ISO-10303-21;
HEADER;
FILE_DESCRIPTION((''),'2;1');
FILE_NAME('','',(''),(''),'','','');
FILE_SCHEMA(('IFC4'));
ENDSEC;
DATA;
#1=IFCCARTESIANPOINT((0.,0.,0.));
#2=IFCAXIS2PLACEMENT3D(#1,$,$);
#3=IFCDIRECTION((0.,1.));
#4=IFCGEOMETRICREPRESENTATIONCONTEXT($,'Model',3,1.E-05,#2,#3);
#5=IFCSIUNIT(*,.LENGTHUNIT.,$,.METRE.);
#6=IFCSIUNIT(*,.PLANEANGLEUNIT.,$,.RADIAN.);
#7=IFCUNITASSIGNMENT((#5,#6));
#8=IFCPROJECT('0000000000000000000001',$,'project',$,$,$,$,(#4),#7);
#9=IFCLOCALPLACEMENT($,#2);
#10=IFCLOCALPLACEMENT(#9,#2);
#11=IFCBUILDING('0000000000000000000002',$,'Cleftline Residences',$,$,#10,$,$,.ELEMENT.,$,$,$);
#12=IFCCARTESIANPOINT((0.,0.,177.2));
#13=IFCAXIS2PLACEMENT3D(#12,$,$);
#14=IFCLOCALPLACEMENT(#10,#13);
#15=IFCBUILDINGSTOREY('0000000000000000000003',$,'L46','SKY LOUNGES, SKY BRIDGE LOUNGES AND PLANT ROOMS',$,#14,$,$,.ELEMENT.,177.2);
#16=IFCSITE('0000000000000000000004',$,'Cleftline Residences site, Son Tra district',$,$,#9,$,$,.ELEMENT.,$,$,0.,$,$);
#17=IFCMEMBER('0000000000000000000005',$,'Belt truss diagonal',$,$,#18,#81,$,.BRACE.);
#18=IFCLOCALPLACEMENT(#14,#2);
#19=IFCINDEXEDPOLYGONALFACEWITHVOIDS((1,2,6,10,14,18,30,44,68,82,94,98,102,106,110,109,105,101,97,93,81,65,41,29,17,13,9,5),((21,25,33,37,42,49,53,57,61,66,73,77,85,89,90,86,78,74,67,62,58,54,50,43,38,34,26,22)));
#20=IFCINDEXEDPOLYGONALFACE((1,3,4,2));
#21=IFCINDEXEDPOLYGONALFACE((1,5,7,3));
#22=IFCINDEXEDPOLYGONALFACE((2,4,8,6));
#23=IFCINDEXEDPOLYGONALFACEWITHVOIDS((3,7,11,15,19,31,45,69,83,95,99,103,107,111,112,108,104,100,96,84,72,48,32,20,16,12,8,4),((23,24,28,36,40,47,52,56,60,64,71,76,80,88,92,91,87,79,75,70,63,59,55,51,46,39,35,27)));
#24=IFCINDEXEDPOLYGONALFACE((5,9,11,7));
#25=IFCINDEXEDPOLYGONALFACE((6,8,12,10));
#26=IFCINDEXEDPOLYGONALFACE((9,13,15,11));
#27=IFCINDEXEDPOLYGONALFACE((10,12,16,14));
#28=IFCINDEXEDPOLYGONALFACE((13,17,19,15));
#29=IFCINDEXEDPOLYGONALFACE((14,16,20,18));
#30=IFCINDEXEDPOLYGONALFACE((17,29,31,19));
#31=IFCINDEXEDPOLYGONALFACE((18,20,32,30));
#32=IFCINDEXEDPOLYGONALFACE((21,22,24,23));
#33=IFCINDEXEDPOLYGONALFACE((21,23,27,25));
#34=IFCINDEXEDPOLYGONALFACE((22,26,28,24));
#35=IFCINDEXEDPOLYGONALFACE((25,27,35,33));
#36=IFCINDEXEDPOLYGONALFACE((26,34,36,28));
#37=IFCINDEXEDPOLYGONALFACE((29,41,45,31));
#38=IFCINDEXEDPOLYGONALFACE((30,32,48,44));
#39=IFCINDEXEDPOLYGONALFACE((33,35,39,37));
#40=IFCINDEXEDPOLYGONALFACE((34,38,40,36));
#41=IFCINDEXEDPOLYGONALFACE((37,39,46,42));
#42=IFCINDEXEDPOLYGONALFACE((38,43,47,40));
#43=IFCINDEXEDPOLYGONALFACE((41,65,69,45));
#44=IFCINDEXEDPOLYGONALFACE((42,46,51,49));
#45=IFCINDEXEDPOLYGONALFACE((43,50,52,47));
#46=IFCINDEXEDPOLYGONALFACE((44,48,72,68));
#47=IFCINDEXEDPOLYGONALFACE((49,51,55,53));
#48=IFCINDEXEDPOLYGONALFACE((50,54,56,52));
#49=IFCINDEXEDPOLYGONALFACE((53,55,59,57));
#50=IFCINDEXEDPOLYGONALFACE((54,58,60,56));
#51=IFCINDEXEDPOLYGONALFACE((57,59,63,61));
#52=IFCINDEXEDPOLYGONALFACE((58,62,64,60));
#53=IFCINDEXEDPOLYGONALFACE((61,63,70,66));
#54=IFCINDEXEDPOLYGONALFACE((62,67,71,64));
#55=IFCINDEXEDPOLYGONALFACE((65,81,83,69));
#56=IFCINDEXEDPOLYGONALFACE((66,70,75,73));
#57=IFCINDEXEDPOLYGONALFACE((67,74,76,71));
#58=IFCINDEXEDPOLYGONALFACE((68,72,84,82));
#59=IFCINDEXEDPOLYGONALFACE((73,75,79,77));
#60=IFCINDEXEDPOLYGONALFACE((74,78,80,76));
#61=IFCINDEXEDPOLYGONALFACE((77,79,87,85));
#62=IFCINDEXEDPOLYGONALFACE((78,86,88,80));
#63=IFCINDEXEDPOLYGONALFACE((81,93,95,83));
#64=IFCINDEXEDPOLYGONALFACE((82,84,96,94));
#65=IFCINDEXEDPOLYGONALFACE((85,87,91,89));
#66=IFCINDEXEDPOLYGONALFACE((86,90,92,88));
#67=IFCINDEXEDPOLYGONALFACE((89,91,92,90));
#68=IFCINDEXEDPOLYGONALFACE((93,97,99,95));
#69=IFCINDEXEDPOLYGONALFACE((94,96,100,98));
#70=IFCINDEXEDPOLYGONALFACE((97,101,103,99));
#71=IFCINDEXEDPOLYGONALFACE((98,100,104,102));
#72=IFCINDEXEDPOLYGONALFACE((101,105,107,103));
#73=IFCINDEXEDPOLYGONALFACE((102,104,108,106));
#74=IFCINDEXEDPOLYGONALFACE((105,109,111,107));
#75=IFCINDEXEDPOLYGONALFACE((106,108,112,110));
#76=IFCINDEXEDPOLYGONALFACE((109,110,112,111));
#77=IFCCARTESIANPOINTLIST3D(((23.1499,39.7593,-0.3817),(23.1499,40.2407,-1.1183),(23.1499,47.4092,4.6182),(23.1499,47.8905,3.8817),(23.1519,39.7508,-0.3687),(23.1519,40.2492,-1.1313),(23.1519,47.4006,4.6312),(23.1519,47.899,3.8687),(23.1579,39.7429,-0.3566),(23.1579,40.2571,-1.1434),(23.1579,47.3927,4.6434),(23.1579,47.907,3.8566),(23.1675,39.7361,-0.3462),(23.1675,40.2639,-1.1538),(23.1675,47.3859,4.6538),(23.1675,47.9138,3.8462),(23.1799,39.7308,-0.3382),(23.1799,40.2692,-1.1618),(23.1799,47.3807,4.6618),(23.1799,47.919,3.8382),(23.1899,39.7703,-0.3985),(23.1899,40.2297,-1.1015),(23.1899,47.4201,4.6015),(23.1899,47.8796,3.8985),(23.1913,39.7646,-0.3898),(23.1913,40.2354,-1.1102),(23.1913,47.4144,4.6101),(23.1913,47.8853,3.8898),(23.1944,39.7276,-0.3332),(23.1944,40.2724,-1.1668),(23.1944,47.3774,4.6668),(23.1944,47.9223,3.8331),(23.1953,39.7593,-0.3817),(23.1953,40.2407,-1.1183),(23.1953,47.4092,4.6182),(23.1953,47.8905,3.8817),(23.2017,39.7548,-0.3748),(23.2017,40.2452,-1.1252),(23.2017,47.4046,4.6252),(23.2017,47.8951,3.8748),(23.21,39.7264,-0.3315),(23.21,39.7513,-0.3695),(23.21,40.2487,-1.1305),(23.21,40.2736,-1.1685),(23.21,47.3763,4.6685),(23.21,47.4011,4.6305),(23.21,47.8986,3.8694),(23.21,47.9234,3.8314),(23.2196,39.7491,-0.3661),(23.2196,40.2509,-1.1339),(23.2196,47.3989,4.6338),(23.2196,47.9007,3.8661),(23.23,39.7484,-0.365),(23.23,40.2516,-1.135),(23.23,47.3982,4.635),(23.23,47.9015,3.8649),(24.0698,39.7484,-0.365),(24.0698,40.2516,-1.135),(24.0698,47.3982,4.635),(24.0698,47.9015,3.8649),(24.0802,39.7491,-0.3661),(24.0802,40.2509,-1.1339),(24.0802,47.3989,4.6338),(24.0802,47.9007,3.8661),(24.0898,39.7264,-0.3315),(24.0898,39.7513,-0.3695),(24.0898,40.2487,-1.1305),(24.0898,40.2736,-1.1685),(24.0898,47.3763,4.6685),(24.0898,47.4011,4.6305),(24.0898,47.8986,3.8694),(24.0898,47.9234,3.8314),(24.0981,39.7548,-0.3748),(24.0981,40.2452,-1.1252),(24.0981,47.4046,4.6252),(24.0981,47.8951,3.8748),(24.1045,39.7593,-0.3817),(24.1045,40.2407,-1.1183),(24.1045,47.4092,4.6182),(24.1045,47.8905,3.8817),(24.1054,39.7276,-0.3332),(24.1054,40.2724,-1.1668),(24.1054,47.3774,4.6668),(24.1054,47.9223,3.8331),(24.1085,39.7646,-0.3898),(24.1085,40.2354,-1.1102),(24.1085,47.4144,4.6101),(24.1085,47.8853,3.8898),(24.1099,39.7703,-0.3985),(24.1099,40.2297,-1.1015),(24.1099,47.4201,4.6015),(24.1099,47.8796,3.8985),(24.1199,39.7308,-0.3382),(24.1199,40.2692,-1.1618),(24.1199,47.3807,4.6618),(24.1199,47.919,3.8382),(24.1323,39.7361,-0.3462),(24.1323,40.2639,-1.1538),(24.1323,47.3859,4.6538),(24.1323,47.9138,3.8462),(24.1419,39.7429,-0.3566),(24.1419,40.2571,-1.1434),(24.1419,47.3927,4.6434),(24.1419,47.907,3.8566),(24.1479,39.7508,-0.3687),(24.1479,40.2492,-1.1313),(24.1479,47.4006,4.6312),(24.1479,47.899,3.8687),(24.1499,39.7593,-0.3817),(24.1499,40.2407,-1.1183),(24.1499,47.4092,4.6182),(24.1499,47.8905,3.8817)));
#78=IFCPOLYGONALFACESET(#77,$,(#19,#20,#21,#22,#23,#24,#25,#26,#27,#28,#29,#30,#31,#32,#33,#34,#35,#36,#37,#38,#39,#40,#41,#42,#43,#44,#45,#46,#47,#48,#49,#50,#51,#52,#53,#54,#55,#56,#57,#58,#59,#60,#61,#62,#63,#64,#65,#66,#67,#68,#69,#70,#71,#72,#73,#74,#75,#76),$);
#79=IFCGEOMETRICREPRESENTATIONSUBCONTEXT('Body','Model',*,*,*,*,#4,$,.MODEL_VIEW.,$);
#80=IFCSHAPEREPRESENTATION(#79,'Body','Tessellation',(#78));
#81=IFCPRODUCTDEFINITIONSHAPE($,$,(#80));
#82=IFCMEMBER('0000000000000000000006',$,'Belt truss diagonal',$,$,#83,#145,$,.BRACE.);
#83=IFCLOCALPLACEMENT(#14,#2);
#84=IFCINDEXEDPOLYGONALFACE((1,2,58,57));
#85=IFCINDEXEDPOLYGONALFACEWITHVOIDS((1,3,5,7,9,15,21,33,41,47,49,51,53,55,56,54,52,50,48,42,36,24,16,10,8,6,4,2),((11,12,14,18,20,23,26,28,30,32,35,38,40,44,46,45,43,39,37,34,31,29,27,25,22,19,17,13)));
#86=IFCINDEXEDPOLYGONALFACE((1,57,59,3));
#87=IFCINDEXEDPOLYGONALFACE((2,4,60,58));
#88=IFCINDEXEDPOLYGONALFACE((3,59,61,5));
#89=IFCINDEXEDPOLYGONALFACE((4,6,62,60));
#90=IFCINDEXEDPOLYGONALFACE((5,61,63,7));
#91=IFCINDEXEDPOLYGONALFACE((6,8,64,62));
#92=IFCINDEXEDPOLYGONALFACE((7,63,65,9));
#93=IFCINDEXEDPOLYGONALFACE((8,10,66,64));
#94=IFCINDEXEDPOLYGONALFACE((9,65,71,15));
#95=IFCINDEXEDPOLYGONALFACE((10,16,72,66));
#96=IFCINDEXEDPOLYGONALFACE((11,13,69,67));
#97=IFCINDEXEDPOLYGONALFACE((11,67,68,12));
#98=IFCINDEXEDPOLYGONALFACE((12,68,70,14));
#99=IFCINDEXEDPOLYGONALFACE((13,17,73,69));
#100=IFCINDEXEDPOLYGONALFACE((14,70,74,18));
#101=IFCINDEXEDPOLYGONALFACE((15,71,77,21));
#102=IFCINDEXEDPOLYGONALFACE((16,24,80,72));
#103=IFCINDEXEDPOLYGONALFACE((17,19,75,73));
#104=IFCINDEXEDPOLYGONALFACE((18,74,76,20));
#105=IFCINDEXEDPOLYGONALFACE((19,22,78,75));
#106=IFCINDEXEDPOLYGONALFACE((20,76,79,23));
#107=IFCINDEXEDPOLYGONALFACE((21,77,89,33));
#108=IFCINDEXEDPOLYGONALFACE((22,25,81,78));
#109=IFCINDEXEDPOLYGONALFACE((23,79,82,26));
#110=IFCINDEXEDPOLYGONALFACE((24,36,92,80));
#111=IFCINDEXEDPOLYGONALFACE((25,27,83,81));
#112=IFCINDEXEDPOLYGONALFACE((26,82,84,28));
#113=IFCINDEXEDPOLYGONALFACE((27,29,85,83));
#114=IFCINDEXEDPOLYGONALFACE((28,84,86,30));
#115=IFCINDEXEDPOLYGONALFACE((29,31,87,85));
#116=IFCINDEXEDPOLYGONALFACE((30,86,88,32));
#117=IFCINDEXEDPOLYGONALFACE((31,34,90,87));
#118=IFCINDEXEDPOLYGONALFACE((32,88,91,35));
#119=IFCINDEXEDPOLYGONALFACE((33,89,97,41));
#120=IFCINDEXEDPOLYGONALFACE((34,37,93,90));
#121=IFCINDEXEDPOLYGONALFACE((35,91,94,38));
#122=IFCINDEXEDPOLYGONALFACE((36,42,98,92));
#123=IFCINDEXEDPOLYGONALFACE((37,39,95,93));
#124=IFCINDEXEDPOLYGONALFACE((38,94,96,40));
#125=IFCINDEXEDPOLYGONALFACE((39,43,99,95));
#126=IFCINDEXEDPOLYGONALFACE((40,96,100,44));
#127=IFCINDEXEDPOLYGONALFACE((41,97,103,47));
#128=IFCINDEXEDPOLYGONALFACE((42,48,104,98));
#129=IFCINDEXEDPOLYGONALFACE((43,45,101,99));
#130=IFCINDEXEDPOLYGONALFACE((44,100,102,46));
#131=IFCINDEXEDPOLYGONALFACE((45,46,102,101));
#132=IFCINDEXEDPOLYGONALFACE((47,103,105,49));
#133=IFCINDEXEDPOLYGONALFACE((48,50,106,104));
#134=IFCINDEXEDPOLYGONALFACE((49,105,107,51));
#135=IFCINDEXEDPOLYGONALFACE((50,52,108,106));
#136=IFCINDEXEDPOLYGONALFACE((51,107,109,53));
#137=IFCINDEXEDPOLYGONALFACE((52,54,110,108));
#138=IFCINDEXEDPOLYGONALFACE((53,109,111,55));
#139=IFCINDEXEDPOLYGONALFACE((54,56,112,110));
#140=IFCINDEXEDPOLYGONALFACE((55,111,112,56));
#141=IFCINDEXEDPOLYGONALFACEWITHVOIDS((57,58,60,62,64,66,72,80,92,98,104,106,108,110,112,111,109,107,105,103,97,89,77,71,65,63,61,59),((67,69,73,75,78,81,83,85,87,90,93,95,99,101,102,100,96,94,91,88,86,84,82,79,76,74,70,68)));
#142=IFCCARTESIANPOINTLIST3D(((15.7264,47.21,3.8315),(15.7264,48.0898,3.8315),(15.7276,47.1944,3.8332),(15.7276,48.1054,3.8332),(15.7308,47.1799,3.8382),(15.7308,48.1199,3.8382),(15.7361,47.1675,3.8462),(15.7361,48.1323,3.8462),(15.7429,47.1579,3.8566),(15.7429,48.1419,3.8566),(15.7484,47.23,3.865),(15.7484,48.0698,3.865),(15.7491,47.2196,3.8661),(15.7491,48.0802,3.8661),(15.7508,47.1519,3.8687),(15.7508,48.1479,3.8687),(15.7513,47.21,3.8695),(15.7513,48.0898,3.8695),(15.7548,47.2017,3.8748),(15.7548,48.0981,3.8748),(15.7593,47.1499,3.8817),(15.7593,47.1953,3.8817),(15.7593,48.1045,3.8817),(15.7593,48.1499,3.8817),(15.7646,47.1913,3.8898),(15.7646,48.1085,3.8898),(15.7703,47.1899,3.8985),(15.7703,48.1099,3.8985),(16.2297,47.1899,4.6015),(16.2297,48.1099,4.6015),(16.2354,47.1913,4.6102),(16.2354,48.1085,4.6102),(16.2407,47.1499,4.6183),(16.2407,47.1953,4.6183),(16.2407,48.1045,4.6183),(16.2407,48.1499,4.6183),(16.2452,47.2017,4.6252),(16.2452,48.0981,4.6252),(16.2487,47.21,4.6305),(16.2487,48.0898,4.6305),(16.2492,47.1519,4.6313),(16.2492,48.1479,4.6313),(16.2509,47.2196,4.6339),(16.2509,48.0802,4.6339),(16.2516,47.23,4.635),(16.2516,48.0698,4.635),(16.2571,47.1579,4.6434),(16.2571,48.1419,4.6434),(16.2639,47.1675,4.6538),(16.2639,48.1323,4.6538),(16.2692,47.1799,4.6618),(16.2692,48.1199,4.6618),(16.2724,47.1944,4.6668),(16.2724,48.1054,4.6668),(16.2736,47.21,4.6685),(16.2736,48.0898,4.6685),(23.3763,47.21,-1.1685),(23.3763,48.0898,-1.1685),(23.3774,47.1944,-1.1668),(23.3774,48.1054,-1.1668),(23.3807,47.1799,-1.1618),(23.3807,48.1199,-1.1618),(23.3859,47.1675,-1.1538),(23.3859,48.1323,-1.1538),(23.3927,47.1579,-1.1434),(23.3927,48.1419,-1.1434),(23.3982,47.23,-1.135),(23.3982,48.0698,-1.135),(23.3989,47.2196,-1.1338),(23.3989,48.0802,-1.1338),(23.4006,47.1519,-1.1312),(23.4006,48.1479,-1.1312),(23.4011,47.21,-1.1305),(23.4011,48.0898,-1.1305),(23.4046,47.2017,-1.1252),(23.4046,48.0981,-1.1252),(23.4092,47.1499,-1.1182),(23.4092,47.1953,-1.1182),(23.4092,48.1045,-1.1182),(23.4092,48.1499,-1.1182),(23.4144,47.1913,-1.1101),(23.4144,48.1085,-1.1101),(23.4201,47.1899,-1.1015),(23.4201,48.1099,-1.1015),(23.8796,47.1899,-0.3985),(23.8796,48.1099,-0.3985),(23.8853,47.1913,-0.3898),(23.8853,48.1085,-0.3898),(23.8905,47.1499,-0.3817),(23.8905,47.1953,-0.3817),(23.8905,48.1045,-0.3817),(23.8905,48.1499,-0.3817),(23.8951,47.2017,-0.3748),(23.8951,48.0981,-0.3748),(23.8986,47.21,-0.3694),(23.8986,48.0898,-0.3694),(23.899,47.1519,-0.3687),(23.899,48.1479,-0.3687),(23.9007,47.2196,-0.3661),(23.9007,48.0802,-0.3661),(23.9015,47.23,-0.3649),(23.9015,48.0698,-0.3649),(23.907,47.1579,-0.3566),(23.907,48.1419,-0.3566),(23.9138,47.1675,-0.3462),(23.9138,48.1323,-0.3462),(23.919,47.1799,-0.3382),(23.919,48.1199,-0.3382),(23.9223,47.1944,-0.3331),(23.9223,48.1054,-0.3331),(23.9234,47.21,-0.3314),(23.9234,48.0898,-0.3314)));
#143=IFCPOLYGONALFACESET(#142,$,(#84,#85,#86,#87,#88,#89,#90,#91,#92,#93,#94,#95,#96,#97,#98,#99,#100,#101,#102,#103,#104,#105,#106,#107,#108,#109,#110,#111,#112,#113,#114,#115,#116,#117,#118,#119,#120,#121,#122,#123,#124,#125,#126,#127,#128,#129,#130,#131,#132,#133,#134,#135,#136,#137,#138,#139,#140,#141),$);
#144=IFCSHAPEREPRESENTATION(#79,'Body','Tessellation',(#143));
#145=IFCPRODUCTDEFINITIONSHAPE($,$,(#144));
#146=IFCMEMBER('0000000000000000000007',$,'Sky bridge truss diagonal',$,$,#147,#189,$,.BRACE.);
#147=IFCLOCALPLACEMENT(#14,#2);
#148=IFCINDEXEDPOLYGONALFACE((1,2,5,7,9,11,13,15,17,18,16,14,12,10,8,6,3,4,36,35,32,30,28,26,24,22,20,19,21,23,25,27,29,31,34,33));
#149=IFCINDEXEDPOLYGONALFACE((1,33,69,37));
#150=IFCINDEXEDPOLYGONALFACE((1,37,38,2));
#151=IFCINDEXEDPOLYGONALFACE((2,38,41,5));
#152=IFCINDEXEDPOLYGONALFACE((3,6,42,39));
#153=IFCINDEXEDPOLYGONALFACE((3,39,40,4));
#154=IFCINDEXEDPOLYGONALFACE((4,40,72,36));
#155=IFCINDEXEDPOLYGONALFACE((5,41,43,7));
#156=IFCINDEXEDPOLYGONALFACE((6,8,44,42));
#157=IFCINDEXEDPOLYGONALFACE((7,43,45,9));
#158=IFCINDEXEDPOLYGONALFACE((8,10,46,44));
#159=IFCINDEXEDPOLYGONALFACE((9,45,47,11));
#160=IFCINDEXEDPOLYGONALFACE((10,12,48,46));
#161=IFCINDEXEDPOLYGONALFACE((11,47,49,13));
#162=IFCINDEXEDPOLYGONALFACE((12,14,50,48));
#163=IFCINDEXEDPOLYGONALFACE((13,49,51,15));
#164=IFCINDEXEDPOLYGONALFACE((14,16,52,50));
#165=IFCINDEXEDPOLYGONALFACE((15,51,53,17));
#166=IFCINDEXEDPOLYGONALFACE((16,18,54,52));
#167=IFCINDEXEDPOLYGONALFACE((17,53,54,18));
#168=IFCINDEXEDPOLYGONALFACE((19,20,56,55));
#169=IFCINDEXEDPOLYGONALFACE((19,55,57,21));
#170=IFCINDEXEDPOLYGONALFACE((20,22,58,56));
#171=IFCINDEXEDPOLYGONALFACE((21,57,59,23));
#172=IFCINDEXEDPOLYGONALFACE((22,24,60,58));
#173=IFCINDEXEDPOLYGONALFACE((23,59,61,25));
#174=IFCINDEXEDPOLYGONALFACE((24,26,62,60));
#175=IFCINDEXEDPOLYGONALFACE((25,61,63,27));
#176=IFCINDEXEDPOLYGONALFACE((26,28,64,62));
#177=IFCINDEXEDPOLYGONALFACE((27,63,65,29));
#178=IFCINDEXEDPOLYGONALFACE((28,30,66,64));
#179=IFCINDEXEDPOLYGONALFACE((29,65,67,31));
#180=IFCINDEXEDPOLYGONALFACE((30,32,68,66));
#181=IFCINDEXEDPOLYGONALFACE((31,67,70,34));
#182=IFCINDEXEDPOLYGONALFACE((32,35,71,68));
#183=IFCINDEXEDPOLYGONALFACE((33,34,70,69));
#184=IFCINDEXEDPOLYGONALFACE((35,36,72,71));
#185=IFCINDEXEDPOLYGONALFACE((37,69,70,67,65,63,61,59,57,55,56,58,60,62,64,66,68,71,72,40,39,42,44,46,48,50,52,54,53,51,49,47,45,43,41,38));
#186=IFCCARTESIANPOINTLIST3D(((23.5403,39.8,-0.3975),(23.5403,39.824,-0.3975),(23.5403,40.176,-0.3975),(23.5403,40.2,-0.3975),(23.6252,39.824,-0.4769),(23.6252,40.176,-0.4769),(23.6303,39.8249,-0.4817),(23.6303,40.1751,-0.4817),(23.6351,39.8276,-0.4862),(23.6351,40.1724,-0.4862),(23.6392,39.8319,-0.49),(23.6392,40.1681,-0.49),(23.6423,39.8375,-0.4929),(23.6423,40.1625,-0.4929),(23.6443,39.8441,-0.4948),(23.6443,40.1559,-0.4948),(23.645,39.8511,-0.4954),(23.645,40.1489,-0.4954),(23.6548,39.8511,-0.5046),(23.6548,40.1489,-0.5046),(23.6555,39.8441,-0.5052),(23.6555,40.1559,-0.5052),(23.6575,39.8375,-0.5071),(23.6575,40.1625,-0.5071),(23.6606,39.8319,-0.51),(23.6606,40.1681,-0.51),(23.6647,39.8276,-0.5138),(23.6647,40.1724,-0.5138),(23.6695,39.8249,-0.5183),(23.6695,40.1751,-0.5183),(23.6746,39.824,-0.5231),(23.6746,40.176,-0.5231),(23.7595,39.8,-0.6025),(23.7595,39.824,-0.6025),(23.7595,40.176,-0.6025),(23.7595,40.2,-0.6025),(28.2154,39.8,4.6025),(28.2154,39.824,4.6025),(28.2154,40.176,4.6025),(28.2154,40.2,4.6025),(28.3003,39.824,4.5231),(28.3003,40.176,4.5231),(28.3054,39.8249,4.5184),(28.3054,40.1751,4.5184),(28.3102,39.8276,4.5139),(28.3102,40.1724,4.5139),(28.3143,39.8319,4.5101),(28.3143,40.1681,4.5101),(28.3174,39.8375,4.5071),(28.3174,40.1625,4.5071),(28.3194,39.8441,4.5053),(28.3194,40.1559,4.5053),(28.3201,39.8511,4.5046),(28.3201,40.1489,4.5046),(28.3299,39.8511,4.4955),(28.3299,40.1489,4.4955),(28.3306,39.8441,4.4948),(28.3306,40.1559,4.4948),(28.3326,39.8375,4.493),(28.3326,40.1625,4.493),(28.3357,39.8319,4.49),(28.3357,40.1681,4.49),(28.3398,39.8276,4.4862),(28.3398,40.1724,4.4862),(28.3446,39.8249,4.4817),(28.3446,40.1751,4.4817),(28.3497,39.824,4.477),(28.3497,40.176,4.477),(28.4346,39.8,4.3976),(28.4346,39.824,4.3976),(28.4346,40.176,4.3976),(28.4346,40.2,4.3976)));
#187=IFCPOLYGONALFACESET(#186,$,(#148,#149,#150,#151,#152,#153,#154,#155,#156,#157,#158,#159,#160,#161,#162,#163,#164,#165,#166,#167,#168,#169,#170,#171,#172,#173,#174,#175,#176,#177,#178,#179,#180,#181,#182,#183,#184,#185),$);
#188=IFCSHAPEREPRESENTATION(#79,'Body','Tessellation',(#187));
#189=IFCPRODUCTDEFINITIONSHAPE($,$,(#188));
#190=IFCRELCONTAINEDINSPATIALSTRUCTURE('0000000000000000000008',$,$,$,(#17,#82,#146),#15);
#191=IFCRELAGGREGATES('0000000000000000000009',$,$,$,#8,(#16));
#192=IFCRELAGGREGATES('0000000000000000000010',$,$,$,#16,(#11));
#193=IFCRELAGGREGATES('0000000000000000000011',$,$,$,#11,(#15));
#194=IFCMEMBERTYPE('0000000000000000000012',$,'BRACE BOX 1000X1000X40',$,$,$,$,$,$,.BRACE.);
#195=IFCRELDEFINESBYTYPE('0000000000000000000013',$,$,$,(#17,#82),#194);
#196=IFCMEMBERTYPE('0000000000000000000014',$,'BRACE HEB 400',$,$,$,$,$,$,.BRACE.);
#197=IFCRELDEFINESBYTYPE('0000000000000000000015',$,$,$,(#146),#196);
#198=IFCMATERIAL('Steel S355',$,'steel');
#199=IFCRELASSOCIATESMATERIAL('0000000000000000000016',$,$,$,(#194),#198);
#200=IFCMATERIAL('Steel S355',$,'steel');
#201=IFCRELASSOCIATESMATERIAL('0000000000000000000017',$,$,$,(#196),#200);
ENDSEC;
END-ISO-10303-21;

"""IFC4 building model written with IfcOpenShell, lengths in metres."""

from ifc_helpers import new_model, si_unit, direction, frame, origin, origin_2d, place, context, subcontext, project, spatial, hollow_rectangle, i_section, extrude, material, material_profile, profile_set, type_object, element, save


model = new_model("IFC4")

# Units and contexts
model_context = context("Model", 3, precision=1e-05, world=origin(), true_north=direction((0.0, 1.0)))
body_context = subcontext(model_context, "Body", "Model", "MODEL_VIEW")
ifc_project = project(units=[si_unit("LENGTHUNIT", "METRE"), si_unit("PLANEANGLEUNIT", "RADIAN")], contexts=[model_context])

# Site, building, storey
site_placement = place(None, origin())
site = spatial("IfcSite", under=ifc_project, at=site_placement, Name="Cleftline Residences site, Son Tra district", CompositionType="ELEMENT", RefElevation=0.0)
building_placement = place(site_placement, origin())
building = spatial("IfcBuilding", under=site, at=building_placement, Name="Cleftline Residences", CompositionType="ELEMENT")
storey_placement = place(building_placement, frame((0.0, 0.0, 177.2)))
storey = spatial("IfcBuildingStorey", under=building, at=storey_placement, Name="L46", Description="SKY LOUNGES, SKY BRIDGE LOUNGES AND PLANT ROOMS", CompositionType="ELEMENT", Elevation=177.2)

# Members
ifc_material_1 = material(Name="Steel S355", Category="steel")
ifc_material_profile_1 = material_profile(ifc_material_1, hollow_rectangle(XDim=1.0, YDim=1.0, WallThickness=0.04, InnerFilletRadius=0.04, OuterFilletRadius=0.0601, at=origin_2d()))
ifc_profile_set_1 = profile_set([ifc_material_profile_1], Name="Steel S355")
member_type_1 = type_object("IfcMemberType", Name="BRACE BOX 1000X1000X40", PredefinedType="BRACE", material=ifc_profile_set_1)
for number, where, z_axis, x_axis, name in (
    (1, (23.6499, 40.0, -0.75), (0.0, 0.837063, 0.547107), (0.0, -0.547107, 0.837063), "Belt truss diagonal"),
    (2, (16.0, 47.6499, 4.25), (0.837063, 0.0, -0.547107), (0.547107, 0.0, 0.837063), "Belt truss diagonal"),
):
    element("IfcMember", number, at=place(storey_placement, frame(where, z_axis=z_axis, x_axis=x_axis)), inside=storey, type_object=member_type_1, Name=name, PredefinedType="BRACE", context=body_context, shape_type="SweptSolid", body=[
        extrude(hollow_rectangle(XDim=1.0, YDim=1.0, WallThickness=0.04, InnerFilletRadius=0.04, OuterFilletRadius=0.0601, at=origin_2d()), origin(), (0.0, 0.0, 1.0), 9.1389),
    ])
ifc_material_2 = material(Name="Steel S355", Category="steel")
ifc_material_profile_2 = material_profile(ifc_material_2, i_section(OverallWidth=0.3, OverallDepth=0.3999, WebThickness=0.0134, FlangeThickness=0.0239, FilletRadius=0.0271, at=origin_2d()))
ifc_profile_set_2 = profile_set([ifc_material_profile_2], Name="Steel S355")
member_type_2 = type_object("IfcMemberType", Name="BRACE HEB 400", PredefinedType="BRACE", material=ifc_profile_set_2)
for number, where, z_axis, x_axis, name in (
    (3, (23.6499, 40.0, -0.5), (0.682972, 0.0, 0.730444), (-0.730444, 0.0, 0.682972), "Sky bridge truss diagonal"),
):
    element("IfcMember", number, at=place(storey_placement, frame(where, z_axis=z_axis, x_axis=x_axis)), inside=storey, type_object=member_type_2, Name=name, PredefinedType="BRACE", context=body_context, shape_type="SweptSolid", body=[
        extrude(i_section(OverallWidth=0.3, OverallDepth=0.3999, WebThickness=0.0134, FlangeThickness=0.0239, FilletRadius=0.0271, at=origin_2d()), origin(), (0.0, 0.0, 1.0), 6.8452),
    ])

save(model, "model.ifc")
